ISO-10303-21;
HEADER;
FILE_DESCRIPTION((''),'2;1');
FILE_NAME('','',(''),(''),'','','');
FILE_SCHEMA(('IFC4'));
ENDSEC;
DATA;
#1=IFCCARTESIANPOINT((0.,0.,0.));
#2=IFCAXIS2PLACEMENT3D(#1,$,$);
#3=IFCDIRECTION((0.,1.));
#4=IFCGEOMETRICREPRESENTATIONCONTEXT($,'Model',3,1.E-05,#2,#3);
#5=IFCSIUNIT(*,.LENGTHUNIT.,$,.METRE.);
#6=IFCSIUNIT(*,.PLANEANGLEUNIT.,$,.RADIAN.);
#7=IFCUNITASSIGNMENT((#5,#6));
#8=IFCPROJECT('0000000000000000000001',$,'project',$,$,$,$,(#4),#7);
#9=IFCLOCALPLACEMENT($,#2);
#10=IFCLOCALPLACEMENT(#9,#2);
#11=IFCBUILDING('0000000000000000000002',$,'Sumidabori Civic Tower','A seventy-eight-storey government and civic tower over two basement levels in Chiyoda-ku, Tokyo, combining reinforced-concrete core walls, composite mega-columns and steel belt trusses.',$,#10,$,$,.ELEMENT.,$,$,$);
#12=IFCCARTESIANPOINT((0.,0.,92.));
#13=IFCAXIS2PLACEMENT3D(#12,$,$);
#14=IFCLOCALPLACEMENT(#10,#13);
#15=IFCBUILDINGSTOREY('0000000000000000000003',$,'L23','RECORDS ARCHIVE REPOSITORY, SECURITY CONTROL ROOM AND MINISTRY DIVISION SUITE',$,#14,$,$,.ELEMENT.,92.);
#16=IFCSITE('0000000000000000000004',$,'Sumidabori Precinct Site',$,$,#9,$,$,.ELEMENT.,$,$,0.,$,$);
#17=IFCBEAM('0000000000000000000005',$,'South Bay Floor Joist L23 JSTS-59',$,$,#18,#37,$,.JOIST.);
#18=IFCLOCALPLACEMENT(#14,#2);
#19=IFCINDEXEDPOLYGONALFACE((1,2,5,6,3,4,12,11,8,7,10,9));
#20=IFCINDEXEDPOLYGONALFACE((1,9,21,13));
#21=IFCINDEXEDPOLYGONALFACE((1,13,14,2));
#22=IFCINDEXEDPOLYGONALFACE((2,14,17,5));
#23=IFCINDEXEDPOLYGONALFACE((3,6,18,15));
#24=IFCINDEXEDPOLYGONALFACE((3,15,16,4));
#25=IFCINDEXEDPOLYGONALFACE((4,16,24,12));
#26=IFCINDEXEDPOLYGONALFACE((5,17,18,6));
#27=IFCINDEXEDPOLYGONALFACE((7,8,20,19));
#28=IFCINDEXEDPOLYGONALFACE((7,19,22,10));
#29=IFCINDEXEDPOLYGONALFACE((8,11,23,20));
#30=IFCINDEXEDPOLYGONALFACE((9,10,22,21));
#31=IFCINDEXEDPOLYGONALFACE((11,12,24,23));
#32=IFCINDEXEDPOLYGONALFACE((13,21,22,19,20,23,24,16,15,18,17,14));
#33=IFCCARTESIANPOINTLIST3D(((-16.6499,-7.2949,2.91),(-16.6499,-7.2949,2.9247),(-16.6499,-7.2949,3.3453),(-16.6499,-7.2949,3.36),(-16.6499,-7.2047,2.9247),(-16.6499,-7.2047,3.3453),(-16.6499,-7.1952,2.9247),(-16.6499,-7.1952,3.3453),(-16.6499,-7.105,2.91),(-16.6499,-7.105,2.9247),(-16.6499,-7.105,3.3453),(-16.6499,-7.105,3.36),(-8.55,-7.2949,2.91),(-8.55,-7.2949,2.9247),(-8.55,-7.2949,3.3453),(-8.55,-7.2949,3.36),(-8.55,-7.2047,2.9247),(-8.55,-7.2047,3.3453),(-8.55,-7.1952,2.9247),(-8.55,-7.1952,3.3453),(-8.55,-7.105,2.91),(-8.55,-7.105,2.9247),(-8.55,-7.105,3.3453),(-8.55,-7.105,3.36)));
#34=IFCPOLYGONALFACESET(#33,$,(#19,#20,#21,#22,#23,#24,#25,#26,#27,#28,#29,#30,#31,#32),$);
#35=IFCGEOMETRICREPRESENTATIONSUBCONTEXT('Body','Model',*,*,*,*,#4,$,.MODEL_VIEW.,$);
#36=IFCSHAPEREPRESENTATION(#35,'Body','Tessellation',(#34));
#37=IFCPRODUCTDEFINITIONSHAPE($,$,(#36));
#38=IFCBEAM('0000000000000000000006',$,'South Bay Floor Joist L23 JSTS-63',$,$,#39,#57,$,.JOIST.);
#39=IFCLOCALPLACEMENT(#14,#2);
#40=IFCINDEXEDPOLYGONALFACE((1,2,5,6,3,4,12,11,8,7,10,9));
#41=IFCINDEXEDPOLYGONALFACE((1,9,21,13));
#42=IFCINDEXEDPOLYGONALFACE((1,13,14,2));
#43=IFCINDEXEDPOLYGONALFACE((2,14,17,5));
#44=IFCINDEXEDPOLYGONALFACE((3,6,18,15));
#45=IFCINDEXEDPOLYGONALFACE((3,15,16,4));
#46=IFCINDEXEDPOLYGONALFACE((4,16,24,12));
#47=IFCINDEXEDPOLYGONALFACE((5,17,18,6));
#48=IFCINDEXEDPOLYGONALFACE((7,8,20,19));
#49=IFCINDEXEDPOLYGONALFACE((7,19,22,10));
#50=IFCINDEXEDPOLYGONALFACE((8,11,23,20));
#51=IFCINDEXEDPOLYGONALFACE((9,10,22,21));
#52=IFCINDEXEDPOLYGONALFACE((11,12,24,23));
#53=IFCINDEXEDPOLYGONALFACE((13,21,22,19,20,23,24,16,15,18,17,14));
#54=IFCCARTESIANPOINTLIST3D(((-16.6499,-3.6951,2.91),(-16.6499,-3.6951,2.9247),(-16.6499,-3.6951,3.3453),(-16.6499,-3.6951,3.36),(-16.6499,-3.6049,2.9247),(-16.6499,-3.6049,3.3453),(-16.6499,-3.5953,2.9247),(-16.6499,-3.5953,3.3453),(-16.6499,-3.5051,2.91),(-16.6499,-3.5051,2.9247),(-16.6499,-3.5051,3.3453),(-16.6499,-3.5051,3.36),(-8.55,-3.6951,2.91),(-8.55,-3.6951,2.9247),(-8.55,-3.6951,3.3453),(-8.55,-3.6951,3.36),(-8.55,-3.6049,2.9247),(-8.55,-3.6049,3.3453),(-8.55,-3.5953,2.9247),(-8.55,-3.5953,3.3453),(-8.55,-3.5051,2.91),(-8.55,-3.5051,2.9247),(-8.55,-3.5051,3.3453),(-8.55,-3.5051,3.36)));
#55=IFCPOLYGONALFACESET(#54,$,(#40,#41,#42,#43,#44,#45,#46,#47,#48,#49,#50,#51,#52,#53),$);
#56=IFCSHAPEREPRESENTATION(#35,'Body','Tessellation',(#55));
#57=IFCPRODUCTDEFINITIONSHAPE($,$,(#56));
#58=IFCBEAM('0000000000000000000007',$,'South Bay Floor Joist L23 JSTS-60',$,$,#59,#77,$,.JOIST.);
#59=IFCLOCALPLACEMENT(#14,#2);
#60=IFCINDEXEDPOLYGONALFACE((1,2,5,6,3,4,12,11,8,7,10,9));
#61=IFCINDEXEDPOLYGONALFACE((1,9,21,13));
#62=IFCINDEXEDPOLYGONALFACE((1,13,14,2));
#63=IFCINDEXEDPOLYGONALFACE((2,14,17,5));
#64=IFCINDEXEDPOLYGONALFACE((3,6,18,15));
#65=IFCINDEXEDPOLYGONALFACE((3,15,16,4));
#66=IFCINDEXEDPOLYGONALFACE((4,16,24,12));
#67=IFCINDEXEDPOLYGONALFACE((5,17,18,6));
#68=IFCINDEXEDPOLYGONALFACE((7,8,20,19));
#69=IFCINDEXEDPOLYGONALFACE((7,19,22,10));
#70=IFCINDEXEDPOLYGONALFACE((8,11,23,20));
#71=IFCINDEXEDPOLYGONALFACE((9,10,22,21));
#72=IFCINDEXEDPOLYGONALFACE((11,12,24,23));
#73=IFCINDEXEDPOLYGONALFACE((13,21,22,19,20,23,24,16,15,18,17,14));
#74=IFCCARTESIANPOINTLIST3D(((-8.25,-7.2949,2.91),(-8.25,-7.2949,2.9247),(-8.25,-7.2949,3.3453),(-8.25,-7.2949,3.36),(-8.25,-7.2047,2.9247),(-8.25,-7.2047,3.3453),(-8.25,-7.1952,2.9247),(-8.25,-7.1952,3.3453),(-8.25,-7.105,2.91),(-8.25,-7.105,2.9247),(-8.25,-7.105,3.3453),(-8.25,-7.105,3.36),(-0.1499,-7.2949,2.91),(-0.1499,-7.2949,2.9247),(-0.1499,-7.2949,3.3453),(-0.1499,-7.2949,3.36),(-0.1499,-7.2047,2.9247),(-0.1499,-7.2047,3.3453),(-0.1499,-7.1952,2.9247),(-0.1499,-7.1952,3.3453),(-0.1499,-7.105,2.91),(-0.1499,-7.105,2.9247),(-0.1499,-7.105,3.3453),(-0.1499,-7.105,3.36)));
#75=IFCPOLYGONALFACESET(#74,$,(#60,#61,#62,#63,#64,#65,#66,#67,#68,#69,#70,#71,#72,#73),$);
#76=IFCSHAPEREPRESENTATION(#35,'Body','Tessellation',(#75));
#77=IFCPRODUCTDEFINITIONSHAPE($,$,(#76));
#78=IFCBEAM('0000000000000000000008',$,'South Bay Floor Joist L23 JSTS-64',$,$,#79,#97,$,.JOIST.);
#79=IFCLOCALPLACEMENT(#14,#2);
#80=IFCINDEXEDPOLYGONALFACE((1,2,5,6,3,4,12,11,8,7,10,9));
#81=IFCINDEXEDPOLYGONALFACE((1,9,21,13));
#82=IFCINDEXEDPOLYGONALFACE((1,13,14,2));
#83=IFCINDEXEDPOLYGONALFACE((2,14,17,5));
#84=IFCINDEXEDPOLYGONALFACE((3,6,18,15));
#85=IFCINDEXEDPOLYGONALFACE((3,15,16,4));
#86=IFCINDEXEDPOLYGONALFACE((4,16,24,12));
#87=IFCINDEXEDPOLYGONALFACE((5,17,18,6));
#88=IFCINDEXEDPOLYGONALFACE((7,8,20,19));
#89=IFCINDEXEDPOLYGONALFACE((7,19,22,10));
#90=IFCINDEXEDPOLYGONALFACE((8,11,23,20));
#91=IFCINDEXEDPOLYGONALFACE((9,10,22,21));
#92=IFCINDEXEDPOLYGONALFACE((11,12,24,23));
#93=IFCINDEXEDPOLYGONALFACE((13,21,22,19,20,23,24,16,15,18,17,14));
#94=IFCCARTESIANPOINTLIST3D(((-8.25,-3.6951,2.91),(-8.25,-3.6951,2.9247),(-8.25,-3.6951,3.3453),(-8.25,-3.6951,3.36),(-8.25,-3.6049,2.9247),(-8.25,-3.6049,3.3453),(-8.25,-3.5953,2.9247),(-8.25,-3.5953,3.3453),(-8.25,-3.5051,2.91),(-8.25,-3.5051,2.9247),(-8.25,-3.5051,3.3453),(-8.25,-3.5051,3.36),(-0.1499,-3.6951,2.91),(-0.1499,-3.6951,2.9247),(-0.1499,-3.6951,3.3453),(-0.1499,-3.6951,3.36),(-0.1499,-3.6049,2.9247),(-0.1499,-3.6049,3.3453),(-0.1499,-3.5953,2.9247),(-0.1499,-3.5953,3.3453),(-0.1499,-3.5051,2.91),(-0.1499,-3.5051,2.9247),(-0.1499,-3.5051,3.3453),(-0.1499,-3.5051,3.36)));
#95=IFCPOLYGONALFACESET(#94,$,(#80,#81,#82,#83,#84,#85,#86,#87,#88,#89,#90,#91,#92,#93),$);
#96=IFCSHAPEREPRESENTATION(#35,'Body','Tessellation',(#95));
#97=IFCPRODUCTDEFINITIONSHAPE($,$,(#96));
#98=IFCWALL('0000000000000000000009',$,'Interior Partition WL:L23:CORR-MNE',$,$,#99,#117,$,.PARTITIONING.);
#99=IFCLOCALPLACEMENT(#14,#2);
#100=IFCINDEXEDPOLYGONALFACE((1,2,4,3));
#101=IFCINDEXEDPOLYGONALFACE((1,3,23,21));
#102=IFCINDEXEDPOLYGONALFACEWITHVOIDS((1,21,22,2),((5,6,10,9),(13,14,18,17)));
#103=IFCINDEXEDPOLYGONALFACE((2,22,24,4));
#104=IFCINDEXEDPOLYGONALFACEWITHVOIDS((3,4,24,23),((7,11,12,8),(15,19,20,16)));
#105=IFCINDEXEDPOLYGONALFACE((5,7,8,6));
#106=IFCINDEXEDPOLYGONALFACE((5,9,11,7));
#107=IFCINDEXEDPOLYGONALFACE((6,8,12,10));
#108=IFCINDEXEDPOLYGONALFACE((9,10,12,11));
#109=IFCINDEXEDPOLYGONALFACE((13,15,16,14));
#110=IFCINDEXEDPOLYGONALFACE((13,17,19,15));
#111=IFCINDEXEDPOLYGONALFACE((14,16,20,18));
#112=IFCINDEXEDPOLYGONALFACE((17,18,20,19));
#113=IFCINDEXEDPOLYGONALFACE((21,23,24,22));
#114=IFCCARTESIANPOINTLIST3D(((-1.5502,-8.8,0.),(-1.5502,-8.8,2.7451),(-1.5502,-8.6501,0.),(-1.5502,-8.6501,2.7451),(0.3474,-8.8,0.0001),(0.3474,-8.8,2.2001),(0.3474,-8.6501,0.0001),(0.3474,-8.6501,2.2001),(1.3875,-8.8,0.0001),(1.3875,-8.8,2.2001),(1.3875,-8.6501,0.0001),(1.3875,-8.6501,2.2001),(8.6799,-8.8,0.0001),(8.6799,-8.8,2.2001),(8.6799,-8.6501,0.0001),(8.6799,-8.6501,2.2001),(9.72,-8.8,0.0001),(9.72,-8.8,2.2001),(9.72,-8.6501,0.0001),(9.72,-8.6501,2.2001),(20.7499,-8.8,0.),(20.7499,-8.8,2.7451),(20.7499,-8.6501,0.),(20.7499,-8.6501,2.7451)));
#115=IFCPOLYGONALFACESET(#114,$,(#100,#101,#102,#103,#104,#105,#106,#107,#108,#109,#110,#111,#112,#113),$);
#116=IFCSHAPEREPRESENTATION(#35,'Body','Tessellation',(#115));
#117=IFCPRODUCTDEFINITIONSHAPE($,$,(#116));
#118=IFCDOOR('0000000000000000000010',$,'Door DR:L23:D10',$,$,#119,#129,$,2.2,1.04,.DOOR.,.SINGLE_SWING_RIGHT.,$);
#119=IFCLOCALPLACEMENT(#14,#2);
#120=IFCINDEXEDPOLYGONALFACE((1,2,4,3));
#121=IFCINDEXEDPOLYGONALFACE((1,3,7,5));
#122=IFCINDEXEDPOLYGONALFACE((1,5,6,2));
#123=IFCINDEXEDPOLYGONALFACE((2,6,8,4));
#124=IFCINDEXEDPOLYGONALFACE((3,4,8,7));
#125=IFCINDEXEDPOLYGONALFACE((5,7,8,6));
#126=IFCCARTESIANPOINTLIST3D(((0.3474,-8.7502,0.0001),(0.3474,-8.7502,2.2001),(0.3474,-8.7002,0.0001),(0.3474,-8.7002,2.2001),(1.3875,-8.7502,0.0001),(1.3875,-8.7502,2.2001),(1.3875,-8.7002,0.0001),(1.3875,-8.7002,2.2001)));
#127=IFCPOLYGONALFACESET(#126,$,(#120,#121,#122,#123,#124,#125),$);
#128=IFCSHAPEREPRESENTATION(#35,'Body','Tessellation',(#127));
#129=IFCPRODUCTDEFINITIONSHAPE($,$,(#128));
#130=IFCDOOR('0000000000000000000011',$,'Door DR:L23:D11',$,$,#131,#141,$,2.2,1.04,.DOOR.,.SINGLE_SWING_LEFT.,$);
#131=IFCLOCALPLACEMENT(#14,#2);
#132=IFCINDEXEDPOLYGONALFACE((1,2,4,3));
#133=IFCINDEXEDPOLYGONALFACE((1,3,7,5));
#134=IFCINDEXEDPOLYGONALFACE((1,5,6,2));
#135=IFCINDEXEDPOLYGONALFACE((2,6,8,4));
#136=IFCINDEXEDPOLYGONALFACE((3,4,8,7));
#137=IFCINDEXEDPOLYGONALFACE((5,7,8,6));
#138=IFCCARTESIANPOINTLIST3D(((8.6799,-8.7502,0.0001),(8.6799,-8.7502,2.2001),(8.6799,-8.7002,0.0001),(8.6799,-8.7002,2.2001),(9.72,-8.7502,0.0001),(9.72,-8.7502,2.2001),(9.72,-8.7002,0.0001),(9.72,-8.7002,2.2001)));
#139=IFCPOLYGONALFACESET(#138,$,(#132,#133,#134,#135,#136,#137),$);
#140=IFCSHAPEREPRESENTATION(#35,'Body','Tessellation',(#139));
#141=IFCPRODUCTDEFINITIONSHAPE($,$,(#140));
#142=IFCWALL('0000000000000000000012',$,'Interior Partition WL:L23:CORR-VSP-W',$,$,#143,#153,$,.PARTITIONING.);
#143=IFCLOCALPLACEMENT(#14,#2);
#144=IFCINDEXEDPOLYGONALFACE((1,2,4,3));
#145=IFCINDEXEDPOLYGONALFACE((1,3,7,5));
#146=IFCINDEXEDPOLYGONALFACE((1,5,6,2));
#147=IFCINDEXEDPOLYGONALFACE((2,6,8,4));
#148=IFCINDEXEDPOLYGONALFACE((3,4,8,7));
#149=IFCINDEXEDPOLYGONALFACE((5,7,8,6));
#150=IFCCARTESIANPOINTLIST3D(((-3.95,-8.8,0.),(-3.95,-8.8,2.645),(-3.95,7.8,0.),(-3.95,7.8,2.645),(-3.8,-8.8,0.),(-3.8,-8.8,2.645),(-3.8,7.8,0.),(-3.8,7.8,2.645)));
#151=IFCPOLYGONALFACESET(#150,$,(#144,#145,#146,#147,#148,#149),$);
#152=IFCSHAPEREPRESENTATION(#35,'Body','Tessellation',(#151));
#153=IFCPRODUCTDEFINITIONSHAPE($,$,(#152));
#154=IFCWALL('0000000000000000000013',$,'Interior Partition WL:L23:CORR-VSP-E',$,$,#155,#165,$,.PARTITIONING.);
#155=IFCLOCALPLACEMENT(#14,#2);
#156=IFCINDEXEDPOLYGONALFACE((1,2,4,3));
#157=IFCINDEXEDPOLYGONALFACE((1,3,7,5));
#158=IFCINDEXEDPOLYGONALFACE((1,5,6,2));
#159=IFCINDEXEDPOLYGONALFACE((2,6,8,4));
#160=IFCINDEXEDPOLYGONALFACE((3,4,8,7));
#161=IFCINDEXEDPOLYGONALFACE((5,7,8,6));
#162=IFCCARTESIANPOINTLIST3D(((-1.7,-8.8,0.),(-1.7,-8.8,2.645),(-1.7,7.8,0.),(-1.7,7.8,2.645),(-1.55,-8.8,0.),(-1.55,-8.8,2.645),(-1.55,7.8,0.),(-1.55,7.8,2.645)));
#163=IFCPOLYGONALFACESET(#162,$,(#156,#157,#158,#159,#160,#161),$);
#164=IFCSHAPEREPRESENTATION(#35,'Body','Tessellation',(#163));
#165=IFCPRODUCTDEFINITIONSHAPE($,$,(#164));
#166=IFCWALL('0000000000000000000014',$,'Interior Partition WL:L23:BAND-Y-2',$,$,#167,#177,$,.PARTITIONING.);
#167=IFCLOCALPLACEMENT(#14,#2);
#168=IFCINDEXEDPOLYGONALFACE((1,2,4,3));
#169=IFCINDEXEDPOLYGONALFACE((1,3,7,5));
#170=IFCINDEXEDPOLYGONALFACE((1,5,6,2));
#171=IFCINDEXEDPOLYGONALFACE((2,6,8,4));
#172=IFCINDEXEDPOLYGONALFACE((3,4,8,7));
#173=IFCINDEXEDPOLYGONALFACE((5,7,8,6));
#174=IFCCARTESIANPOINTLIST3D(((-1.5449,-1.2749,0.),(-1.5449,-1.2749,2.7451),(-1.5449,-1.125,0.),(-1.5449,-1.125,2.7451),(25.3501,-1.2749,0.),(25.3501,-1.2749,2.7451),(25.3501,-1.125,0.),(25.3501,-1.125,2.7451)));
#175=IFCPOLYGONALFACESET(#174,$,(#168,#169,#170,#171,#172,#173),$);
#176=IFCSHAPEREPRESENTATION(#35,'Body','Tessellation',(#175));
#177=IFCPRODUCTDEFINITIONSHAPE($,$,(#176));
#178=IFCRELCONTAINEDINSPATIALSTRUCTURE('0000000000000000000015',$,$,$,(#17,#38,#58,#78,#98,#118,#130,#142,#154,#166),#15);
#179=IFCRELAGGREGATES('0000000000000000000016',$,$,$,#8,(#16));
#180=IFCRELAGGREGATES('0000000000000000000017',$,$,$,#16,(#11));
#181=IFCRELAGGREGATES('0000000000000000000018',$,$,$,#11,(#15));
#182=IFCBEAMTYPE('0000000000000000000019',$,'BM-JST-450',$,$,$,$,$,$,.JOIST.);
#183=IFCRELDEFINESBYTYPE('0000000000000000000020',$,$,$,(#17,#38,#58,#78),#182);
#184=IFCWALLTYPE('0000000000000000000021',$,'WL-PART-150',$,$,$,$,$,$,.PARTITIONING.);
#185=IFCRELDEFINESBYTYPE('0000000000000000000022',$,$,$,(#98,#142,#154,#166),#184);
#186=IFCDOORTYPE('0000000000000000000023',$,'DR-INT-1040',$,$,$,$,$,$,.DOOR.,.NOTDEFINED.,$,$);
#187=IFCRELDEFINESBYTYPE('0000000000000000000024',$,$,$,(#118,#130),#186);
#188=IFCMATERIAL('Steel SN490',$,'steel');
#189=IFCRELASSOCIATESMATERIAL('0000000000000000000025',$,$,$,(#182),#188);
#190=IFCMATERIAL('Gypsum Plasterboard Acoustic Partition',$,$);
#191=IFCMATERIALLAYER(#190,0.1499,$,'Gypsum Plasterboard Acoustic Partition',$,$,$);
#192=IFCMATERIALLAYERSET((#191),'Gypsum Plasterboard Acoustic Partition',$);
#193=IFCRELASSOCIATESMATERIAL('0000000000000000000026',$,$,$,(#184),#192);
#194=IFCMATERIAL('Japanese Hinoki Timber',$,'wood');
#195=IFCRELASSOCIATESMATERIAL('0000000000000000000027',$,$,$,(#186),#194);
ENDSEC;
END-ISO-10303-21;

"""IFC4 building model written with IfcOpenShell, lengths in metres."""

from ifc_helpers import new_model, si_unit, direction, frame, frame_2d, origin, origin_2d, place, context, subcontext, project, spatial, rectangle, i_section, extrude, source, transform, mapped, material, layer, layer_set, material_profile, profile_set, type_object, element, fill, save


model = new_model("IFC4")

# Units and contexts
model_context = context("Model", 3, precision=1e-05, world=origin(), true_north=direction((0.0, 1.0)))
body_context = subcontext(model_context, "Body", "Model", "MODEL_VIEW")
ifc_project = project(units=[si_unit("LENGTHUNIT", "METRE"), si_unit("PLANEANGLEUNIT", "RADIAN")], contexts=[model_context])

# Site, building, storey
site_placement = place(None, origin())
site = spatial("IfcSite", under=ifc_project, at=site_placement, Name="Sumidabori Precinct Site", CompositionType="ELEMENT", RefElevation=0.0)
building_placement = place(site_placement, origin())
building = spatial("IfcBuilding", under=site, at=building_placement, Name="Sumidabori Civic Tower", Description="A seventy-eight-storey government and civic tower over two basement levels in Chiyoda-ku, Tokyo, combining reinforced-concrete core walls, composite mega-columns and steel belt trusses.", CompositionType="ELEMENT")
storey_placement = place(building_placement, frame((0.0, 0.0, 92.0)))
storey = spatial("IfcBuildingStorey", under=building, at=storey_placement, Name="L23", Description="RECORDS ARCHIVE REPOSITORY, SECURITY CONTROL ROOM AND MINISTRY DIVISION SUITE", CompositionType="ELEMENT", Elevation=92.0)

# Beams
ifc_material_1 = material(Name="Steel SN490", Category="steel")
ifc_material_profile_1 = material_profile(ifc_material_1, i_section(OverallWidth=0.1899, OverallDepth=0.45, WebThickness=0.0095, FlangeThickness=0.0146, at=origin_2d()), Name="IPE 450")
ifc_profile_set_1 = profile_set([ifc_material_profile_1], Name="Steel SN490")
beam_type_1 = type_object("IfcBeamType", Name="BM-JST-450", PredefinedType="JOIST", material=ifc_profile_set_1)
shared_shape_1 = source(origin(), body_context, "Body", "SweptSolid", [
    extrude(i_section(OverallWidth=0.1899, OverallDepth=0.45, WebThickness=0.0095, FlangeThickness=0.0146, at=origin_2d()), origin(), (0.0, 0.0, 1.0), 8.0999),
])
for number, where, z_axis, x_axis, name in (
    (1, (-16.6499, -7.2, 3.135), (1.0, 0.0, 0.0), (0.0, 1.0, 0.0), "South Bay Floor Joist L23 JSTS-59"),
    (2, (-16.6499, -3.6001, 3.135), (1.0, 0.0, 0.0), (0.0, 1.0, 0.0), "South Bay Floor Joist L23 JSTS-63"),
):
    element("IfcBeam", number, at=place(storey_placement, frame(where, z_axis=z_axis, x_axis=x_axis)), inside=storey, type_object=beam_type_1, Name=name, PredefinedType="JOIST", context=body_context, shape_type="MappedRepresentation", body=[
        mapped(shared_shape_1, transform((0.0, 0.0, 0.0), x_axis=(1.0, 0.0, 0.0), y_axis=(0.0, 1.0, 0.0), z_axis=(0.0, 0.0, 1.0), scale=1.0)),
    ])
shared_shape_2 = source(origin(), body_context, "Body", "SweptSolid", [
    extrude(i_section(OverallWidth=0.1899, OverallDepth=0.45, WebThickness=0.0095, FlangeThickness=0.0146, at=origin_2d()), origin(), (0.0, 0.0, 1.0), 8.1001),
])
for number, where, z_axis, x_axis, name in (
    (3, (-8.25, -7.2, 3.135), (1.0, 0.0, 0.0), (0.0, 1.0, 0.0), "South Bay Floor Joist L23 JSTS-60"),
    (4, (-8.25, -3.6001, 3.135), (1.0, 0.0, 0.0), (0.0, 1.0, 0.0), "South Bay Floor Joist L23 JSTS-64"),
):
    element("IfcBeam", number, at=place(storey_placement, frame(where, z_axis=z_axis, x_axis=x_axis)), inside=storey, type_object=beam_type_1, Name=name, PredefinedType="JOIST", context=body_context, shape_type="MappedRepresentation", body=[
        mapped(shared_shape_2, transform((0.0, 0.0, 0.0), x_axis=(1.0, 0.0, 0.0), y_axis=(0.0, 1.0, 0.0), z_axis=(0.0, 0.0, 1.0), scale=1.0)),
    ])

# Wall, openings, doors
ifc_material_2 = material(Name="Gypsum Plasterboard Acoustic Partition")
ifc_layer = layer(ifc_material_2, 0.1499, Name="Gypsum Plasterboard Acoustic Partition")
ifc_layer_set = layer_set([ifc_layer], Name="Gypsum Plasterboard Acoustic Partition")
wall_type = type_object("IfcWallType", Name="WL-PART-150", PredefinedType="PARTITIONING", material=ifc_layer_set)
shared_shape_3 = source(origin(), body_context, "Body", "SweptSolid", [
    extrude(rectangle(XDim=22.3, YDim=0.1499, at=frame_2d((11.1499, 0.0))), origin(), (0.0, 0.0, 1.0), 2.7451),
])
wall_1_placement = place(storey_placement, frame((-1.55, -8.7251, 0.0), z_axis=(0.0, 0.0, 1.0), x_axis=(1.0, 0.0, 0.0)))
wall_1 = element("IfcWall", 5, at=wall_1_placement, inside=storey, type_object=wall_type, Name="Interior Partition WL:L23:CORR-MNE", PredefinedType="PARTITIONING", context=body_context, shape_type="MappedRepresentation", body=[
    mapped(shared_shape_3, transform((0.0, 0.0, 0.0), x_axis=(1.0, 0.0, 0.0), y_axis=(0.0, 1.0, 0.0), z_axis=(0.0, 0.0, 1.0), scale=1.0)),
])
opening_1_placement = place(wall_1_placement, frame((1.8975, 0.0, 0.0)))
opening_1 = element("IfcOpeningElement", 6, at=opening_1_placement, cuts=wall_1, PredefinedType="OPENING", context=body_context, shape_type="SweptSolid", body=[
    extrude(rectangle(XDim=1.04, YDim=2.2, at=frame_2d((0.52, 1.1001))), frame((0.0, 0.0869, 0.0), z_axis=(0.0, -1.0, 0.0), x_axis=(1.0, 0.0, 0.0)), (0.0, 0.0, 1.0), 0.1738),
])
opening_2_placement = place(wall_1_placement, frame((10.23, 0.0, 0.0)))
opening_2 = element("IfcOpeningElement", 7, at=opening_2_placement, cuts=wall_1, PredefinedType="OPENING", context=body_context, shape_type="SweptSolid", body=[
    extrude(rectangle(XDim=1.04, YDim=2.2, at=frame_2d((0.52, 1.1001))), frame((0.0, 0.0869, 0.0), z_axis=(0.0, -1.0, 0.0), x_axis=(1.0, 0.0, 0.0)), (0.0, 0.0, 1.0), 0.1738),
])
ifc_material_3 = material(Name="Japanese Hinoki Timber", Category="wood")
door_type = type_object("IfcDoorType", Name="DR-INT-1040", OperationType="NOTDEFINED", PredefinedType="DOOR", material=ifc_material_3)
shared_shape_4 = source(origin(), body_context, "Body", "SweptSolid", [
    extrude(rectangle(XDim=1.04, YDim=2.2, at=frame_2d((0.52, 1.1001))), frame((0.0, 0.0249, 0.0), z_axis=(0.0, -1.0, 0.0), x_axis=(1.0, 0.0, 0.0)), (0.0, 0.0, 1.0), 0.05),
])
door_1_placement = place(opening_1_placement, origin())
door_1 = element("IfcDoor", 8, at=door_1_placement, inside=storey, type_object=door_type, Name="Door DR:L23:D10", OperationType="SINGLE_SWING_RIGHT", OverallHeight=2.2, OverallWidth=1.04, PredefinedType="DOOR", context=body_context, shape_type="MappedRepresentation", body=[
    mapped(shared_shape_4, transform((0.0, 0.0, 0.0), x_axis=(1.0, 0.0, 0.0), y_axis=(0.0, 1.0, 0.0), z_axis=(0.0, 0.0, 1.0), scale=1.0)),
])
fill(opening_1, door_1)
door_2_placement = place(opening_2_placement, origin())
door_2 = element("IfcDoor", 9, at=door_2_placement, inside=storey, type_object=door_type, Name="Door DR:L23:D11", OperationType="SINGLE_SWING_LEFT", OverallHeight=2.2, OverallWidth=1.04, PredefinedType="DOOR", context=body_context, shape_type="MappedRepresentation", body=[
    mapped(shared_shape_4, transform((0.0, 0.0, 0.0), x_axis=(1.0, 0.0, 0.0), y_axis=(0.0, 1.0, 0.0), z_axis=(0.0, 0.0, 1.0), scale=1.0)),
])
fill(opening_2, door_2)

# Walls
shared_shape_5 = source(origin(), body_context, "Body", "SweptSolid", [
    extrude(rectangle(XDim=16.6001, YDim=0.1499, at=frame_2d((8.3, 0.0))), origin(), (0.0, 0.0, 1.0), 2.645),
])
for number, where, z_axis, x_axis, name in (
    (10, (-3.875, -8.8, 0.0), (0.0, 0.0, 1.0), (0.0, 1.0, 0.0), "Interior Partition WL:L23:CORR-VSP-W"),
    (11, (-1.625, -8.8, 0.0), (0.0, 0.0, 1.0), (0.0, 1.0, 0.0), "Interior Partition WL:L23:CORR-VSP-E"),
):
    element("IfcWall", number, at=place(storey_placement, frame(where, z_axis=z_axis, x_axis=x_axis)), inside=storey, type_object=wall_type, Name=name, PredefinedType="PARTITIONING", context=body_context, shape_type="MappedRepresentation", body=[
        mapped(shared_shape_5, transform((0.0, 0.0, 0.0), x_axis=(1.0, 0.0, 0.0), y_axis=(0.0, 1.0, 0.0), z_axis=(0.0, 0.0, 1.0), scale=1.0)),
    ])
shared_shape_6 = source(origin(), body_context, "Body", "SweptSolid", [
    extrude(rectangle(XDim=26.895, YDim=0.1499, at=frame_2d((13.4475, 0.0))), origin(), (0.0, 0.0, 1.0), 2.7451),
])
wall_2_placement = place(storey_placement, frame((-1.5449, -1.2, 0.0), z_axis=(0.0, 0.0, 1.0), x_axis=(1.0, 0.0, 0.0)))
element("IfcWall", 12, at=wall_2_placement, inside=storey, type_object=wall_type, Name="Interior Partition WL:L23:BAND-Y-2", PredefinedType="PARTITIONING", context=body_context, shape_type="MappedRepresentation", body=[
    mapped(shared_shape_6, transform((0.0, 0.0, 0.0), x_axis=(1.0, 0.0, 0.0), y_axis=(0.0, 1.0, 0.0), z_axis=(0.0, 0.0, 1.0), scale=1.0)),
])

save(model, "model.ifc")
